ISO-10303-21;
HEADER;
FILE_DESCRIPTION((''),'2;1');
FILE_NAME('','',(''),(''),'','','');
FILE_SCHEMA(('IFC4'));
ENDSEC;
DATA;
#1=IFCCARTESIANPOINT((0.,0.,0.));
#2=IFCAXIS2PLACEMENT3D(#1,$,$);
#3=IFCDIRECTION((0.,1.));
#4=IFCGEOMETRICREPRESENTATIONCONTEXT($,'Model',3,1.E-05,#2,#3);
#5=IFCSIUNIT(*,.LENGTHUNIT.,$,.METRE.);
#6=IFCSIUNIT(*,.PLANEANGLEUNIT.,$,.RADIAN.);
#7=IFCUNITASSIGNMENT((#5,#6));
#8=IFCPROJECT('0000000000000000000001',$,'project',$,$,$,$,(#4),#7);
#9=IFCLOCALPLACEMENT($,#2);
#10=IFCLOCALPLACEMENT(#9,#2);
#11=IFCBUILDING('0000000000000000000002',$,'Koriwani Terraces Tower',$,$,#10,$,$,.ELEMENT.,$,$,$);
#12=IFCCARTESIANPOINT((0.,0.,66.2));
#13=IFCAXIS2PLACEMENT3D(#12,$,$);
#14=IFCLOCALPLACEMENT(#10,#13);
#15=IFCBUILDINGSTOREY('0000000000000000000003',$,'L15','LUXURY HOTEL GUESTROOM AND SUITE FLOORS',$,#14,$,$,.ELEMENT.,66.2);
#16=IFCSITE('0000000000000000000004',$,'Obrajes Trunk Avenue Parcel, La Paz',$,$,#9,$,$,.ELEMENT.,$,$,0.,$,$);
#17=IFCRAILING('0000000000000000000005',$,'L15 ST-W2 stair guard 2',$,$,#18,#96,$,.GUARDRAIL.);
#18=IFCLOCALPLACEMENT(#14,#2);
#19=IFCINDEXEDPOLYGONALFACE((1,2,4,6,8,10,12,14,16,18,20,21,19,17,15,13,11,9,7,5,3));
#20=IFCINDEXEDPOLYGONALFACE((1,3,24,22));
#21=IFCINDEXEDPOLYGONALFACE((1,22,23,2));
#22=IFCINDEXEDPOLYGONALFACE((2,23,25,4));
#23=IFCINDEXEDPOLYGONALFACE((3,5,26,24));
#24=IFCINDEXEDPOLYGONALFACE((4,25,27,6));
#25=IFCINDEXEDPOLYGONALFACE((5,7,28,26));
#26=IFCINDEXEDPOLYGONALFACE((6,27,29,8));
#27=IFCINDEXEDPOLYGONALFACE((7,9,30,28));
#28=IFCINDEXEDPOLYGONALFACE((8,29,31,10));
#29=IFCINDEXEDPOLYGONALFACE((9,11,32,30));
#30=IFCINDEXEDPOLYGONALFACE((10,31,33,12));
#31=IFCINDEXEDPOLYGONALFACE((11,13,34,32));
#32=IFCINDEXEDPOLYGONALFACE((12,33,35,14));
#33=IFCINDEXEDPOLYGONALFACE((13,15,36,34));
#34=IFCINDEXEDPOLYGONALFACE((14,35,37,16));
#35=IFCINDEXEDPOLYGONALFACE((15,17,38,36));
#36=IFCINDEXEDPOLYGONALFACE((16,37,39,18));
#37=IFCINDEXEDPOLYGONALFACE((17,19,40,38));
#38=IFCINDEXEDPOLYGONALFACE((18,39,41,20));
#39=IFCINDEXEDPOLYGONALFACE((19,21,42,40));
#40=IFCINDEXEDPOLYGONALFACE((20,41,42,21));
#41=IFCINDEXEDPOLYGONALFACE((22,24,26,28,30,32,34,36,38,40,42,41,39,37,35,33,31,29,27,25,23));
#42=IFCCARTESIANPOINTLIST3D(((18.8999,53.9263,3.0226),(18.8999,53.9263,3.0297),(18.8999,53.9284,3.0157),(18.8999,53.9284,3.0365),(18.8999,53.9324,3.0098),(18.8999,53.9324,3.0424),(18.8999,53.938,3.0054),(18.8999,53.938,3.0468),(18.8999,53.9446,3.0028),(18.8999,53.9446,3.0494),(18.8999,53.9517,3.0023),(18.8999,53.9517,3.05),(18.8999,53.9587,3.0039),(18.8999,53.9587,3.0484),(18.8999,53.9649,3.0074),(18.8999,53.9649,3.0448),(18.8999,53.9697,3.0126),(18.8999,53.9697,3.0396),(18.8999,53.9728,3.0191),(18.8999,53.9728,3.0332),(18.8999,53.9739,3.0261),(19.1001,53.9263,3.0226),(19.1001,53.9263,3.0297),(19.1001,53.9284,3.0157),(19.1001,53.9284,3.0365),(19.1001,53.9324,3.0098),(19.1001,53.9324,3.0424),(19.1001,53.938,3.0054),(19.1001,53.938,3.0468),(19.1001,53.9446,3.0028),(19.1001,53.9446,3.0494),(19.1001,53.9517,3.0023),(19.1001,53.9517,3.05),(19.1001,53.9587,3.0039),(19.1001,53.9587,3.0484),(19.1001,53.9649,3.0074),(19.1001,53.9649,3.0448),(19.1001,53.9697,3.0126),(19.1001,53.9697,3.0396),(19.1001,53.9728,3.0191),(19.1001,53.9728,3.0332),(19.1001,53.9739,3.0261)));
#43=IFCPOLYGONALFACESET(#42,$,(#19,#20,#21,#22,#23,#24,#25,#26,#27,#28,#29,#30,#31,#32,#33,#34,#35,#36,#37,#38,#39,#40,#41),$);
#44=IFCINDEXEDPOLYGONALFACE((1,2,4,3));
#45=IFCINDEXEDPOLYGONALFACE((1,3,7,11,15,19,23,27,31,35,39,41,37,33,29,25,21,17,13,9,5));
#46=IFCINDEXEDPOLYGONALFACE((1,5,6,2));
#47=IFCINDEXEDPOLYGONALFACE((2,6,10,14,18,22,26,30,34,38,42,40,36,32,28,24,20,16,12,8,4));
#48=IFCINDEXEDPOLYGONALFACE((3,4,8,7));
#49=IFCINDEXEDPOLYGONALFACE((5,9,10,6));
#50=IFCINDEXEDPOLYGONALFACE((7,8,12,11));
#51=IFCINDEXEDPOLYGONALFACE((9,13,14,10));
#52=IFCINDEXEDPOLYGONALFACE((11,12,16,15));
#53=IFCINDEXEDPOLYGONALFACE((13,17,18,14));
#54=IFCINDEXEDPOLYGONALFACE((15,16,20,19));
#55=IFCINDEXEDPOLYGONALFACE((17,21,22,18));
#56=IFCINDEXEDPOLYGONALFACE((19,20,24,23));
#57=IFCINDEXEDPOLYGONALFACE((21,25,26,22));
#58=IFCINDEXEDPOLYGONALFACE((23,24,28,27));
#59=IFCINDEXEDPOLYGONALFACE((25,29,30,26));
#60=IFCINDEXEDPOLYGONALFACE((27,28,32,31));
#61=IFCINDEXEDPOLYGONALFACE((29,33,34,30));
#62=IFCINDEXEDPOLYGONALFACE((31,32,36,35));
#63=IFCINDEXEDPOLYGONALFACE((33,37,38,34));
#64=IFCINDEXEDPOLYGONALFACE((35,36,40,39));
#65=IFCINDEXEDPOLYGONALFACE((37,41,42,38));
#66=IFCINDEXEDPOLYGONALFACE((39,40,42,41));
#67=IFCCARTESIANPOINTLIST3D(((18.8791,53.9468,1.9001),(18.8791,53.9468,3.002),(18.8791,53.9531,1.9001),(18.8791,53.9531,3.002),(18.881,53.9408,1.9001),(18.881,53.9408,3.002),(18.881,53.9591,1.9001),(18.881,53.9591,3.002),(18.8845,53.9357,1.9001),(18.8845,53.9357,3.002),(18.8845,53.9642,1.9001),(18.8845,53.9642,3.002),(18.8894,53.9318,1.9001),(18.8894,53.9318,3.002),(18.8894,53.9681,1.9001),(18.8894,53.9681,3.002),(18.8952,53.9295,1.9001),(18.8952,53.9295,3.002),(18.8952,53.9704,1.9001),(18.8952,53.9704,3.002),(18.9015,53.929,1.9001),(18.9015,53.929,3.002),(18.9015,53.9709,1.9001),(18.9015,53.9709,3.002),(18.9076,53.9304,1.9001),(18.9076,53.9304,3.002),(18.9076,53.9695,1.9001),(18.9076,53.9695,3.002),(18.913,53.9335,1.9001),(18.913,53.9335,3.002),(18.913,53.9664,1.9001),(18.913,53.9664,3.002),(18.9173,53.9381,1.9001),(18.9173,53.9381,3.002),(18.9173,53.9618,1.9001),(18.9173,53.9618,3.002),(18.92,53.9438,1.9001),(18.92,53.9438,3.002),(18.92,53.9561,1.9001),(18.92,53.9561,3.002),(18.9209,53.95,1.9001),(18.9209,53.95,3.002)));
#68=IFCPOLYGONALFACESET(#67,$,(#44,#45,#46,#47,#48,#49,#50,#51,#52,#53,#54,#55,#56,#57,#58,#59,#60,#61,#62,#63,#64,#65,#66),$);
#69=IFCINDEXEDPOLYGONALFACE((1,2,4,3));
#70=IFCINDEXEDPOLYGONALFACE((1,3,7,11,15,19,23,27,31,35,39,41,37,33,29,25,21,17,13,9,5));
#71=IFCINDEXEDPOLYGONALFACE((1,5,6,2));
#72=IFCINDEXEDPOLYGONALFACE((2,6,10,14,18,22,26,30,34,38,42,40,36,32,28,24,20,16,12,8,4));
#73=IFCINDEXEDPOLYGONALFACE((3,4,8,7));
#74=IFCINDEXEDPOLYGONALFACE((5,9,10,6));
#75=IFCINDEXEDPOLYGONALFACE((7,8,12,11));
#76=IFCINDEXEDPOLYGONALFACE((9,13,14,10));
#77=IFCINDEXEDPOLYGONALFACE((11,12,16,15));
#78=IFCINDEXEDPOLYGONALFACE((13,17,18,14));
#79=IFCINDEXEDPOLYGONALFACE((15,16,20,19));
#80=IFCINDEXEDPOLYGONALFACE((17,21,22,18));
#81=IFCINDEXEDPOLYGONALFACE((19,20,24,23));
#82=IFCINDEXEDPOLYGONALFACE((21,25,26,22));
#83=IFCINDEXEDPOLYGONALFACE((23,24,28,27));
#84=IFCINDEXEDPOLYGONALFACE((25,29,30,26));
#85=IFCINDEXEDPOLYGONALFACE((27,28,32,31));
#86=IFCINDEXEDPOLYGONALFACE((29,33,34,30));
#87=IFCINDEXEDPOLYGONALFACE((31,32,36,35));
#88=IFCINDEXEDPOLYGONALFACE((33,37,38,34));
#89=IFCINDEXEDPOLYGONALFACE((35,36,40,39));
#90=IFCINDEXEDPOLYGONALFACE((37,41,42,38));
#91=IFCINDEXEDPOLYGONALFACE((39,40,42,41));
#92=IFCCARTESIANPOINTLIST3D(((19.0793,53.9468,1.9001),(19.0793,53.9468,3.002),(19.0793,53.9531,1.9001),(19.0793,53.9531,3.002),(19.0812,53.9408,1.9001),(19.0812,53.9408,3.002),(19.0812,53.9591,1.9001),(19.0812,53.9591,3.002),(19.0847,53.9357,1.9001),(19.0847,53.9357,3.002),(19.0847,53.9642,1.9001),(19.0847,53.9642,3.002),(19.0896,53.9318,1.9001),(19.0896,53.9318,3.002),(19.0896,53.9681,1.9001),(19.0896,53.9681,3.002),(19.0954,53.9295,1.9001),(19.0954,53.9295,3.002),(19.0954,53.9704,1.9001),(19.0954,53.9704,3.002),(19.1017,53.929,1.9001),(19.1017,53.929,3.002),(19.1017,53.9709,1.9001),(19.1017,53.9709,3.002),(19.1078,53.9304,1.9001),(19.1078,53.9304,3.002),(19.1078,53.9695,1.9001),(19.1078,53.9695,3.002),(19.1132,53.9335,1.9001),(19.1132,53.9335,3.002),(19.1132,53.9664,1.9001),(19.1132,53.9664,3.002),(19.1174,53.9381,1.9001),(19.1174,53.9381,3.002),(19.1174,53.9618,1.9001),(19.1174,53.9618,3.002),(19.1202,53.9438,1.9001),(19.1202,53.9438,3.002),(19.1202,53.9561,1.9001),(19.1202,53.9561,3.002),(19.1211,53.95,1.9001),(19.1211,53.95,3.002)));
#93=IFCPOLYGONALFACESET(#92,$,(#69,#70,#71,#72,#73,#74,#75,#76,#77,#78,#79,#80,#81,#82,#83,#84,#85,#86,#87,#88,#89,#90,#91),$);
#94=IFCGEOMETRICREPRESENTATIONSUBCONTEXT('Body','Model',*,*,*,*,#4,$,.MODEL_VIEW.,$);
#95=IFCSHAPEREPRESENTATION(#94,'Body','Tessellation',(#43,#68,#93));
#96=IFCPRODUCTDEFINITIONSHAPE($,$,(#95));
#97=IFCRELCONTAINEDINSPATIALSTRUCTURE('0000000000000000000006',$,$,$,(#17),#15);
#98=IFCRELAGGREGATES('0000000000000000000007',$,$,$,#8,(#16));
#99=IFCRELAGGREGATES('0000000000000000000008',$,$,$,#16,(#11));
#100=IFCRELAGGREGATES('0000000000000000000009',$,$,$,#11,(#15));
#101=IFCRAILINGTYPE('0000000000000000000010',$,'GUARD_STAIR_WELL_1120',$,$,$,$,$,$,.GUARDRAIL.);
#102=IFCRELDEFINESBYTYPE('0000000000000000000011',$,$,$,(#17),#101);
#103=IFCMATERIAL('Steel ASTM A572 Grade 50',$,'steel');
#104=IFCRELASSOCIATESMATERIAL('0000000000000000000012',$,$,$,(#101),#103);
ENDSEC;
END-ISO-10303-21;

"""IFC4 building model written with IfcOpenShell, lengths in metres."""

from ifc_helpers import new_model, si_unit, direction, frame, origin, origin_2d, place, context, subcontext, project, spatial, circle, extrude, material, type_object, element, save


model = new_model("IFC4")

# Units and contexts
model_context = context("Model", 3, precision=1e-05, world=origin(), true_north=direction((0.0, 1.0)))
body_context = subcontext(model_context, "Body", "Model", "MODEL_VIEW")
ifc_project = project(units=[si_unit("LENGTHUNIT", "METRE"), si_unit("PLANEANGLEUNIT", "RADIAN")], contexts=[model_context])

# Site, building, storey
site_placement = place(None, origin())
site = spatial("IfcSite", under=ifc_project, at=site_placement, Name="Obrajes Trunk Avenue Parcel, La Paz", CompositionType="ELEMENT", RefElevation=0.0)
building_placement = place(site_placement, origin())
building = spatial("IfcBuilding", under=site, at=building_placement, Name="Koriwani Terraces Tower", CompositionType="ELEMENT")
storey_placement = place(building_placement, frame((0.0, 0.0, 66.2)))
storey = spatial("IfcBuildingStorey", under=building, at=storey_placement, Name="L15", Description="LUXURY HOTEL GUESTROOM AND SUITE FLOORS", CompositionType="ELEMENT", Elevation=66.2)

# Shared definitions
ifc_material_1 = material(Name="Steel ASTM A572 Grade 50", Category="steel")

# Railing
railing_type_1 = type_object("IfcRailingType", Name="GUARD_STAIR_WELL_1120", PredefinedType="GUARDRAIL", material=ifc_material_1)
railing_1_placement = place(storey_placement, frame((18.8999, 53.95, 1.9001)))
element("IfcRailing", 1, at=railing_1_placement, inside=storey, type_object=railing_type_1, Name="L15 ST-W2 stair guard 2", PredefinedType="GUARDRAIL", context=body_context, shape_type="SweptSolid", body=[
    extrude(circle(Radius=0.0239, at=origin_2d()), frame((0.0, 0.0, 1.126), z_axis=(1.0, 0.0, 0.0), x_axis=(0.0, 1.0, 0.0)), (0.0, 0.0, 1.0), 0.2002),
    extrude(circle(Radius=0.021, at=origin_2d()), origin(), (0.0, 0.0, 1.0), 1.1018),
    extrude(circle(Radius=0.021, at=origin_2d()), frame((0.2002, 0.0, 0.0)), (0.0, 0.0, 1.0), 1.1018),
])

save(model, "model.ifc")
